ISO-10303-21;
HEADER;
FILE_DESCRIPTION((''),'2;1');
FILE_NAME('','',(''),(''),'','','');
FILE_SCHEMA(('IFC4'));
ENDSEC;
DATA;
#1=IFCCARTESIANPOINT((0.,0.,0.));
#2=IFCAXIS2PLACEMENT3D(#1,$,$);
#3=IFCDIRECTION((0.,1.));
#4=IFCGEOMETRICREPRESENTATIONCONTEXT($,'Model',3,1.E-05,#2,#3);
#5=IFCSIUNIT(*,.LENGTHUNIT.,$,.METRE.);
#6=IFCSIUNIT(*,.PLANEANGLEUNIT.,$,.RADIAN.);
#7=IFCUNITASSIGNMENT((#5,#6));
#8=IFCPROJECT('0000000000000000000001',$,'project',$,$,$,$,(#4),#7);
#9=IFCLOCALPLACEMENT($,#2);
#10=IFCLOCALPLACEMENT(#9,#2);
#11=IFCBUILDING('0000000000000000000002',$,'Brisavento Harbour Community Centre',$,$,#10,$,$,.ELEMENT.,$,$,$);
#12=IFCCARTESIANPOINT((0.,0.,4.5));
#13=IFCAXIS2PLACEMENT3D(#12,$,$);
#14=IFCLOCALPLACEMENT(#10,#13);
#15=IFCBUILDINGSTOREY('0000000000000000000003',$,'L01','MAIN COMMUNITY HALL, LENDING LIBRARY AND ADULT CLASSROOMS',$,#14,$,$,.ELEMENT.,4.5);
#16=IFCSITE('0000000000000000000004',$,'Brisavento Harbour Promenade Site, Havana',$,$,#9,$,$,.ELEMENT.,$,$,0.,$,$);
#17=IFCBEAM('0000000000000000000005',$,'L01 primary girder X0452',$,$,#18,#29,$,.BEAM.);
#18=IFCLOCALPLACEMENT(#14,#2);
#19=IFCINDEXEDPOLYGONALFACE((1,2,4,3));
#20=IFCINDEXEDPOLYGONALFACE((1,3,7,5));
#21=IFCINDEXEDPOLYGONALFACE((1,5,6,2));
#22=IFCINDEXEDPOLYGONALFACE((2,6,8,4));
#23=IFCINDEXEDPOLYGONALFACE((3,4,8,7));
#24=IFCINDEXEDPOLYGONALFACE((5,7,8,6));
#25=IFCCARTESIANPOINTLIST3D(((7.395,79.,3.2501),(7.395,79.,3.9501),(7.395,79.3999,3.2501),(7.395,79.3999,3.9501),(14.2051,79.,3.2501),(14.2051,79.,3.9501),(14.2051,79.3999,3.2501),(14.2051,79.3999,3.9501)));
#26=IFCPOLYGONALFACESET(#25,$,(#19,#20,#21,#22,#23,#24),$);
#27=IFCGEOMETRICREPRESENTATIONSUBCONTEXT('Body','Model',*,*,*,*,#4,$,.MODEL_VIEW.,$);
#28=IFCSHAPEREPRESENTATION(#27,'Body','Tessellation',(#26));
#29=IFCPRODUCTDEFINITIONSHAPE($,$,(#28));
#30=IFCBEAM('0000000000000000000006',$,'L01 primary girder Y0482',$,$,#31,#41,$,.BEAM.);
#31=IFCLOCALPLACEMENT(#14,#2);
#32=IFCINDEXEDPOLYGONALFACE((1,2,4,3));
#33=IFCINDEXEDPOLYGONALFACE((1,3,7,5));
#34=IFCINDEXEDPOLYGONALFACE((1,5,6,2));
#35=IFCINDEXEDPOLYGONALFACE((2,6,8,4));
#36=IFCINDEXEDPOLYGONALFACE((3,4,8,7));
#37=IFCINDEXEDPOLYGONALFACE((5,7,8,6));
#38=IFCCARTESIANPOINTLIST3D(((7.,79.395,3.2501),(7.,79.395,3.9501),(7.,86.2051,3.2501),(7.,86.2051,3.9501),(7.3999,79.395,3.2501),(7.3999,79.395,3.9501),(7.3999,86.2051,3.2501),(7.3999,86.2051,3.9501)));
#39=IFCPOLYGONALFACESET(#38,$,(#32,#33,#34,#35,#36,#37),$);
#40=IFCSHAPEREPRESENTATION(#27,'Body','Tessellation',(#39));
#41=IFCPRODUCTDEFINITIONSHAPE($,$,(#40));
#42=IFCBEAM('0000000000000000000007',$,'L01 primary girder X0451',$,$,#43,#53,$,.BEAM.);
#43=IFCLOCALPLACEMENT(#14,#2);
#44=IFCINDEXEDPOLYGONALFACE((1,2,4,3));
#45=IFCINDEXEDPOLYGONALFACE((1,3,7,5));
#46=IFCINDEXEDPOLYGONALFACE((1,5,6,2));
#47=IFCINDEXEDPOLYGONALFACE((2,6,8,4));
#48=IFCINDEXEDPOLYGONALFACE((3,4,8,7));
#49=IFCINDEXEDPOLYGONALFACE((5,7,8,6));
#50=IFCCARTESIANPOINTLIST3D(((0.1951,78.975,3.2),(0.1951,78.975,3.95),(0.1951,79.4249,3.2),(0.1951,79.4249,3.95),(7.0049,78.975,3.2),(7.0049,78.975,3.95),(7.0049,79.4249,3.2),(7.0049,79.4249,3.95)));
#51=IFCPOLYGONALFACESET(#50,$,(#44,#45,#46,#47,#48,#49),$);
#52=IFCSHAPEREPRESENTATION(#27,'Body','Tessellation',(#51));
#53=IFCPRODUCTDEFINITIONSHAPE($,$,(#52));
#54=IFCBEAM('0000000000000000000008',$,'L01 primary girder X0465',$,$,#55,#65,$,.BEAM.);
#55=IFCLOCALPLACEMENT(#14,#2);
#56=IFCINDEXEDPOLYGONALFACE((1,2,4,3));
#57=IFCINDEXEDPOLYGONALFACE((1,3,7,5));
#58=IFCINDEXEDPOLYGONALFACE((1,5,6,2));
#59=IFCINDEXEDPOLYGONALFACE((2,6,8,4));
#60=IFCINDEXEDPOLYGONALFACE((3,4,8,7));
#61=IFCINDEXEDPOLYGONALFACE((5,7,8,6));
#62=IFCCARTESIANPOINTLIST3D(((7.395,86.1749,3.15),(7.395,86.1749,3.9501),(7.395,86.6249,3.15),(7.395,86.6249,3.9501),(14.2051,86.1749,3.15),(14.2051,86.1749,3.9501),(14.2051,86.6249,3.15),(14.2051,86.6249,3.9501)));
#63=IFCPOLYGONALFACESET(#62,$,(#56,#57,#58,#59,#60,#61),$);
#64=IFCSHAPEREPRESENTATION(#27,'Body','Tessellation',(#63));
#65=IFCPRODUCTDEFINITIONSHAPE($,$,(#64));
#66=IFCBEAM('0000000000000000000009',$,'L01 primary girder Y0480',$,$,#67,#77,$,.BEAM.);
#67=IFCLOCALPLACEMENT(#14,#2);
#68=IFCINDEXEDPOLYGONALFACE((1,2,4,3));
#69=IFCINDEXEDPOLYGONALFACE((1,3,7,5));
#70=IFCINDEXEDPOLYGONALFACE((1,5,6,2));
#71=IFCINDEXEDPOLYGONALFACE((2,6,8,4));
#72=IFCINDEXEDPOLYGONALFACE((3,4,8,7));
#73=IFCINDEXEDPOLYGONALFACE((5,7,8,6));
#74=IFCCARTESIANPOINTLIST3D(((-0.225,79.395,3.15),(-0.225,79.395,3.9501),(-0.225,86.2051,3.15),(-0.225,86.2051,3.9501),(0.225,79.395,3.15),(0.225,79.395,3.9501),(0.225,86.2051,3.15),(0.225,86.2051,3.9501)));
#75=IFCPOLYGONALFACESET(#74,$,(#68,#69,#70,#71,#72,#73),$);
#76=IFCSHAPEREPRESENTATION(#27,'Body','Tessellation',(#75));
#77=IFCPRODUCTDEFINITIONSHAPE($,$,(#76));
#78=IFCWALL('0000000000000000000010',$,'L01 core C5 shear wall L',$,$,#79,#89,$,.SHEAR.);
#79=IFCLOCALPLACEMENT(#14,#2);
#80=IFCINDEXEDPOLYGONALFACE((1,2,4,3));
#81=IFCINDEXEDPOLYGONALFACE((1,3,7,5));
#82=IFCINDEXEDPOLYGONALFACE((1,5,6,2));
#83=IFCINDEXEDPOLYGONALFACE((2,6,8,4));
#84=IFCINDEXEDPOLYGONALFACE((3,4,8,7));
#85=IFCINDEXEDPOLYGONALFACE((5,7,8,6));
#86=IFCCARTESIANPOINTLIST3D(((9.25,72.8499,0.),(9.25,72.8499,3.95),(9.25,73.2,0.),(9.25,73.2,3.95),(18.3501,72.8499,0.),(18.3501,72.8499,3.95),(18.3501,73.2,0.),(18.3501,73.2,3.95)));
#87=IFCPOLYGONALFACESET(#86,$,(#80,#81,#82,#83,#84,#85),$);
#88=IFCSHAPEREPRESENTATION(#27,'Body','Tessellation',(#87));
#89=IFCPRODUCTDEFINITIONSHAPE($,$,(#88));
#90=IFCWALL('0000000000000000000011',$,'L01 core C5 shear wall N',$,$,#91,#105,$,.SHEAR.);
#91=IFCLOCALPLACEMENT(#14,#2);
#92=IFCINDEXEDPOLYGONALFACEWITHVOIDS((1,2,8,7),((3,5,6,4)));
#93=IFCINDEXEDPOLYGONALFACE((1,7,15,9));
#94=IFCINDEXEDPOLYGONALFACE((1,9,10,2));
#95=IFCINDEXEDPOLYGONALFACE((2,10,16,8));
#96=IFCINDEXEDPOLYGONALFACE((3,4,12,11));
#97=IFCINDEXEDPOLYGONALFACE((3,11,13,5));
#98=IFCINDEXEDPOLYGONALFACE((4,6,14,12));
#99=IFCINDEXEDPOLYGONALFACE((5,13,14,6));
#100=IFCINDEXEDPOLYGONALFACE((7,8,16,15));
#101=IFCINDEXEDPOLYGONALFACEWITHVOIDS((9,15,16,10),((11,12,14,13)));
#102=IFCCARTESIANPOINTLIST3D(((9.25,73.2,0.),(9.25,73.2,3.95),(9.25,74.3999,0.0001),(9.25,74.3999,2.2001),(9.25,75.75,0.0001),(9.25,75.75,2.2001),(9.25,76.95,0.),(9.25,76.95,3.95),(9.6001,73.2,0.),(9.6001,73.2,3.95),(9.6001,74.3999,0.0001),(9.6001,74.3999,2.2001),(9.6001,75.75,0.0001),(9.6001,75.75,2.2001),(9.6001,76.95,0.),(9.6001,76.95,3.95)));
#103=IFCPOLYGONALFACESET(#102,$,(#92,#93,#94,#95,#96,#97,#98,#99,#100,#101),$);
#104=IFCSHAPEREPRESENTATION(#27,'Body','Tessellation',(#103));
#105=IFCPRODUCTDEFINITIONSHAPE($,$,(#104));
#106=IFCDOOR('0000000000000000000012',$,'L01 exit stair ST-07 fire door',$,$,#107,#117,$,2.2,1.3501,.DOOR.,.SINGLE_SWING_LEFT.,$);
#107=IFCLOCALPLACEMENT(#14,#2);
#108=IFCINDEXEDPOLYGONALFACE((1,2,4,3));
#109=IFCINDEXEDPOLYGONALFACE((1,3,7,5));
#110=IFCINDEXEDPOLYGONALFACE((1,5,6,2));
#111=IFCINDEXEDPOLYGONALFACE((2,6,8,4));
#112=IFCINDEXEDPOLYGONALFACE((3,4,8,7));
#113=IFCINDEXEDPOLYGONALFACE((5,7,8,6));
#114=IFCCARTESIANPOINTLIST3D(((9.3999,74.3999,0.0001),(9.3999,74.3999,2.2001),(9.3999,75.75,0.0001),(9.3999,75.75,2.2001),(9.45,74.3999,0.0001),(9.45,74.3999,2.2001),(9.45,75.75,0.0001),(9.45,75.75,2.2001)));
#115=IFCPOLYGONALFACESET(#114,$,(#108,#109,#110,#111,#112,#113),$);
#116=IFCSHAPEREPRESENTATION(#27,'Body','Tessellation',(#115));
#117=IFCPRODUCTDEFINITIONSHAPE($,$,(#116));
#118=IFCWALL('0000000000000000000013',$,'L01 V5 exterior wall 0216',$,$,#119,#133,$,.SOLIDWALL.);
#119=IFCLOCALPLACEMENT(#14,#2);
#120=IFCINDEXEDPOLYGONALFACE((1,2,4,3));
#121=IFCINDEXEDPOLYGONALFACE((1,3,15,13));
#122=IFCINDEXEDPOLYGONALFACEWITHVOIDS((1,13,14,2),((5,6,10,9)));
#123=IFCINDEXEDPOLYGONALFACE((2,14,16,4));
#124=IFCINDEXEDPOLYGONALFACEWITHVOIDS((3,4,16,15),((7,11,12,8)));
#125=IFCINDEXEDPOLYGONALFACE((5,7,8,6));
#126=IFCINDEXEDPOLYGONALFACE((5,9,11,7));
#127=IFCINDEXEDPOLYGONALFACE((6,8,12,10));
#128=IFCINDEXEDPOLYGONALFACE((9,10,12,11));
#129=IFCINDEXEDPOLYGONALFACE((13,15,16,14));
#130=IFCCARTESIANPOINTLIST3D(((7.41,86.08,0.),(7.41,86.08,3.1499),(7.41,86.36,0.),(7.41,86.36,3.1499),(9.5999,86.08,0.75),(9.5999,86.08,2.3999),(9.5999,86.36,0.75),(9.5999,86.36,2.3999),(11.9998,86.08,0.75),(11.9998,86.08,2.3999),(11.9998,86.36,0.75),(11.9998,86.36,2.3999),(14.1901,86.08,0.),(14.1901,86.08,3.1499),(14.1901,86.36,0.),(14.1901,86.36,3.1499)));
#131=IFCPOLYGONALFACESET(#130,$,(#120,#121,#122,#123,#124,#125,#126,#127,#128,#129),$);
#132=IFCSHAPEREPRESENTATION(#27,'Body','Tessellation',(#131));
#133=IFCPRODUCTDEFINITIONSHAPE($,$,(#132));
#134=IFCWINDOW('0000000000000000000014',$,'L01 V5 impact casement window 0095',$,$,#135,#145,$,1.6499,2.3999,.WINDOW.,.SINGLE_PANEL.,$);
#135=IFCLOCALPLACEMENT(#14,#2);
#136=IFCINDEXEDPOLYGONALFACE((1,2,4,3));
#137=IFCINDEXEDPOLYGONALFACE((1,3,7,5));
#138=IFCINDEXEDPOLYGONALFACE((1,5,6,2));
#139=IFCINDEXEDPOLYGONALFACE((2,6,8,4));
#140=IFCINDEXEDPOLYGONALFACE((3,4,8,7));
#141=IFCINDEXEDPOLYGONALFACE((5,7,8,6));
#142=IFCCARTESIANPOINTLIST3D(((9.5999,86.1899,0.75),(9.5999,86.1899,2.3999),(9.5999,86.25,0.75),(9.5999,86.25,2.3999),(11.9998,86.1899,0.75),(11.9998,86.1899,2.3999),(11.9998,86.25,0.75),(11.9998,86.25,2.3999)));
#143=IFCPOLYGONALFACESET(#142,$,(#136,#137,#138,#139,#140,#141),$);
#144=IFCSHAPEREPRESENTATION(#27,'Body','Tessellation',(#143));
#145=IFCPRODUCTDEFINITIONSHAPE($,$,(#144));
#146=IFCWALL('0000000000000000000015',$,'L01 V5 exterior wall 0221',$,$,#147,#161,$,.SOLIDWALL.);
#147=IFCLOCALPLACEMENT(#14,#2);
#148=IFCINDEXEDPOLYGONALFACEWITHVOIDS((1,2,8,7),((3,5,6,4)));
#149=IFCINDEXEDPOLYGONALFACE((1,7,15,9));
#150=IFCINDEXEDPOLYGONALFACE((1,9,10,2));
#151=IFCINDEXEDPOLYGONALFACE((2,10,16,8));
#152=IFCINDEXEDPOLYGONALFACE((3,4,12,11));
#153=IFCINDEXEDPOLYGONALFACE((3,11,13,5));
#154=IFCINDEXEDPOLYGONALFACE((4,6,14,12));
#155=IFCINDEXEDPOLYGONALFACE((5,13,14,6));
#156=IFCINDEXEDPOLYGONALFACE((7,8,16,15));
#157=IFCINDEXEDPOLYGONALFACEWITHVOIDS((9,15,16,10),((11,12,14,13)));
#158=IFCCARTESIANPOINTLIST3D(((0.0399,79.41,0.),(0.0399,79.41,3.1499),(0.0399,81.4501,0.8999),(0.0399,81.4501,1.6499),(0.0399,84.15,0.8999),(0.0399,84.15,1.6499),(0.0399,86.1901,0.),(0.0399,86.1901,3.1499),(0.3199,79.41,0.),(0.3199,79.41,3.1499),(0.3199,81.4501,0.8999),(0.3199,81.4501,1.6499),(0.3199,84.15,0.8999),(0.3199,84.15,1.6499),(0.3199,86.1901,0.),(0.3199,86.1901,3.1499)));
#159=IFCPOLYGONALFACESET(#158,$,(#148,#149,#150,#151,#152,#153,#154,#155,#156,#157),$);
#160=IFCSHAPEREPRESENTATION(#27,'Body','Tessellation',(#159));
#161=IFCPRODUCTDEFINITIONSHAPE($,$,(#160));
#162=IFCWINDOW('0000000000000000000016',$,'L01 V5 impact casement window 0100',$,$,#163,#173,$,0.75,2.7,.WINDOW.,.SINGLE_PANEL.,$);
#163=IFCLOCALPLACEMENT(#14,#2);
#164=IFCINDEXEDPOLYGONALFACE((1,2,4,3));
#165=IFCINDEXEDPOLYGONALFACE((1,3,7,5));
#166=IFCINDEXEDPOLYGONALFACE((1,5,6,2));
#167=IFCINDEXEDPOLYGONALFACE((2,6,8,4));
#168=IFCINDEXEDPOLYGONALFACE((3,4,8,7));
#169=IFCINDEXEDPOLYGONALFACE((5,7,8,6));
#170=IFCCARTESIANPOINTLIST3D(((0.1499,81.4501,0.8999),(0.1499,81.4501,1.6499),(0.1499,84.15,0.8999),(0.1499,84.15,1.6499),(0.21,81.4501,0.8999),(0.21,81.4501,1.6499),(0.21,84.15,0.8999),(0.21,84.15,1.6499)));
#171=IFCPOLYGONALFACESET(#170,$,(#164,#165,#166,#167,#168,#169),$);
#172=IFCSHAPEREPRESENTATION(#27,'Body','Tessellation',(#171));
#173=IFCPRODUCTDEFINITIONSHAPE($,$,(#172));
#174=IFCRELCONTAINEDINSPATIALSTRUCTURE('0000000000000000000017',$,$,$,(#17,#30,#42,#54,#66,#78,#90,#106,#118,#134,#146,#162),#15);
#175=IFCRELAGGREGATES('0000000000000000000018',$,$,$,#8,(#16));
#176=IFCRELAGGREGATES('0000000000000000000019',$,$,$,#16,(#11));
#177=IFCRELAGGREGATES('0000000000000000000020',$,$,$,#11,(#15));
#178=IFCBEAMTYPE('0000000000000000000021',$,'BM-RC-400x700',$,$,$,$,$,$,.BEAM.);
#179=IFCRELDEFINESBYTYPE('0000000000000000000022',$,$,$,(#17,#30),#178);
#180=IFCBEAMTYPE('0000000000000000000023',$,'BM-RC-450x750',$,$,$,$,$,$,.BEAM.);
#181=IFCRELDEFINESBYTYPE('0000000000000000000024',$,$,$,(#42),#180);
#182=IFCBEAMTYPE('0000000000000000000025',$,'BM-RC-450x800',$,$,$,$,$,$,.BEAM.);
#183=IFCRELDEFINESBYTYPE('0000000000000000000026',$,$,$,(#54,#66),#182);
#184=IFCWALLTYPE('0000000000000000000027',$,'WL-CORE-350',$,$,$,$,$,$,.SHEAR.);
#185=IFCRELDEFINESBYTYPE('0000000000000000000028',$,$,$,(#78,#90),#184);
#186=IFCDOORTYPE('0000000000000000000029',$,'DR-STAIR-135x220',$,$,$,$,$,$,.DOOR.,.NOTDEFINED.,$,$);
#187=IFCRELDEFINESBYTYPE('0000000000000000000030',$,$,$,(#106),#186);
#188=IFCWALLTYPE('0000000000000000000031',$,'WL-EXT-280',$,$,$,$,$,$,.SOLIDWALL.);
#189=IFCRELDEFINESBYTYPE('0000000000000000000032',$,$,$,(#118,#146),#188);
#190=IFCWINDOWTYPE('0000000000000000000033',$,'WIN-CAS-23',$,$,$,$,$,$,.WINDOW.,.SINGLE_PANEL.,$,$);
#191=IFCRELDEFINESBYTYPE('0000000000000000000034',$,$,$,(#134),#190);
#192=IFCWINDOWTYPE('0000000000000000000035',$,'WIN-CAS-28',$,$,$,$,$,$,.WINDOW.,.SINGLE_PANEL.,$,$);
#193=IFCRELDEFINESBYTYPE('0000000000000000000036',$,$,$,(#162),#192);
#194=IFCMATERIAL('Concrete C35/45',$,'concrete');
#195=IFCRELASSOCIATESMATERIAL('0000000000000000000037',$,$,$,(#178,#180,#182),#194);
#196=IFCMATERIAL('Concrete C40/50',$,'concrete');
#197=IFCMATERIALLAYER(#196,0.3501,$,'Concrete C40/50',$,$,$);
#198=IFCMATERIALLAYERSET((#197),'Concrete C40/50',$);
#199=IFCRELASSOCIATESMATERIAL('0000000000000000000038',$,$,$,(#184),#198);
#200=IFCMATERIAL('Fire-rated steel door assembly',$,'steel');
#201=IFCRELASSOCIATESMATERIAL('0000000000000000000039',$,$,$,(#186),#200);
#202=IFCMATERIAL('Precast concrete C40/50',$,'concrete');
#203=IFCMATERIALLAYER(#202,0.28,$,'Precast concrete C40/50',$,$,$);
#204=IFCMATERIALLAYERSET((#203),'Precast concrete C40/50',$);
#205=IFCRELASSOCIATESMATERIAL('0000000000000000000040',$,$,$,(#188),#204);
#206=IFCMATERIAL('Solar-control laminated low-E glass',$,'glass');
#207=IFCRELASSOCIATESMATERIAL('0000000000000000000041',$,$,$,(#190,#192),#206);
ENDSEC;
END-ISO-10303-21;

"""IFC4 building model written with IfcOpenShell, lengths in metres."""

from ifc_helpers import new_model, si_unit, direction, frame, frame_2d, origin, origin_2d, place, context, subcontext, project, spatial, rectangle, extrude, material, layer, layer_set, material_profile, profile_set, type_object, element, fill, save


model = new_model("IFC4")

# Units and contexts
model_context = context("Model", 3, precision=1e-05, world=origin(), true_north=direction((0.0, 1.0)))
body_context = subcontext(model_context, "Body", "Model", "MODEL_VIEW")
ifc_project = project(units=[si_unit("LENGTHUNIT", "METRE"), si_unit("PLANEANGLEUNIT", "RADIAN")], contexts=[model_context])

# Site, building, storey
site_placement = place(None, origin())
site = spatial("IfcSite", under=ifc_project, at=site_placement, Name="Brisavento Harbour Promenade Site, Havana", CompositionType="ELEMENT", RefElevation=0.0)
building_placement = place(site_placement, origin())
building = spatial("IfcBuilding", under=site, at=building_placement, Name="Brisavento Harbour Community Centre", CompositionType="ELEMENT")
storey_placement = place(building_placement, frame((0.0, 0.0, 4.5)))
storey = spatial("IfcBuildingStorey", under=building, at=storey_placement, Name="L01", Description="MAIN COMMUNITY HALL, LENDING LIBRARY AND ADULT CLASSROOMS", CompositionType="ELEMENT", Elevation=4.5)

# Shared definitions
ifc_material_1 = material(Name="Concrete C35/45", Category="concrete")

# Beams
ifc_material_profile_1 = material_profile(ifc_material_1, rectangle(XDim=0.3999, YDim=0.7, at=origin_2d()), Name="Concrete C35/45")
ifc_profile_set_1 = profile_set([ifc_material_profile_1], Name="Concrete C35/45")
beam_type_1 = type_object("IfcBeamType", Name="BM-RC-400x700", PredefinedType="BEAM", material=ifc_profile_set_1)
for number, where, z_axis, x_axis, name in (
    (1, (7.395, 79.2, 3.6001), (1.0, 0.0, 0.0), (0.0, 1.0, 0.0), "L01 primary girder X0452"),
    (2, (7.2, 79.395, 3.6001), (0.0, 1.0, 0.0), (-1.0, 0.0, 0.0), "L01 primary girder Y0482"),
):
    element("IfcBeam", number, at=place(storey_placement, frame(where, z_axis=z_axis, x_axis=x_axis)), inside=storey, type_object=beam_type_1, Name=name, PredefinedType="BEAM", context=body_context, shape_type="SweptSolid", body=[
        extrude(rectangle(XDim=0.3999, YDim=0.7, at=origin_2d()), origin(), (0.0, 0.0, 1.0), 6.8101),
    ])
ifc_material_profile_2 = material_profile(ifc_material_1, rectangle(XDim=0.45, YDim=0.75, at=origin_2d()), Name="Concrete C35/45")
ifc_profile_set_2 = profile_set([ifc_material_profile_2], Name="Concrete C35/45")
beam_type_2 = type_object("IfcBeamType", Name="BM-RC-450x750", PredefinedType="BEAM", material=ifc_profile_set_2)
beam_1_placement = place(storey_placement, frame((0.1951, 79.2, 3.575), z_axis=(1.0, 0.0, 0.0), x_axis=(0.0, 1.0, 0.0)))
element("IfcBeam", 3, at=beam_1_placement, inside=storey, type_object=beam_type_2, Name="L01 primary girder X0451", PredefinedType="BEAM", context=body_context, shape_type="SweptSolid", body=[
    extrude(rectangle(XDim=0.45, YDim=0.75, at=origin_2d()), origin(), (0.0, 0.0, 1.0), 6.8098),
])
ifc_material_profile_3 = material_profile(ifc_material_1, rectangle(XDim=0.45, YDim=0.8, at=origin_2d()), Name="Concrete C35/45")
ifc_profile_set_3 = profile_set([ifc_material_profile_3], Name="Concrete C35/45")
beam_type_3 = type_object("IfcBeamType", Name="BM-RC-450x800", PredefinedType="BEAM", material=ifc_profile_set_3)
for number, where, z_axis, x_axis, name in (
    (4, (7.395, 86.3999, 3.55), (1.0, 0.0, 0.0), (0.0, 1.0, 0.0), "L01 primary girder X0465"),
    (5, (0.0, 79.395, 3.55), (0.0, 1.0, 0.0), (-1.0, 0.0, 0.0), "L01 primary girder Y0480"),
):
    element("IfcBeam", number, at=place(storey_placement, frame(where, z_axis=z_axis, x_axis=x_axis)), inside=storey, type_object=beam_type_3, Name=name, PredefinedType="BEAM", context=body_context, shape_type="SweptSolid", body=[
        extrude(rectangle(XDim=0.45, YDim=0.8, at=origin_2d()), origin(), (0.0, 0.0, 1.0), 6.8101),
    ])

# Wall
ifc_material_2 = material(Name="Concrete C40/50", Category="concrete")
ifc_layer_1 = layer(ifc_material_2, 0.3501, Name="Concrete C40/50")
ifc_layer_set_1 = layer_set([ifc_layer_1], Name="Concrete C40/50")
wall_type_1 = type_object("IfcWallType", Name="WL-CORE-350", PredefinedType="SHEAR", material=ifc_layer_set_1)
wall_1_placement = place(storey_placement, frame((9.25, 73.0249, 0.0), z_axis=(0.0, 0.0, 1.0), x_axis=(1.0, 0.0, 0.0)))
element("IfcWall", 6, at=wall_1_placement, inside=storey, type_object=wall_type_1, Name="L01 core C5 shear wall L", PredefinedType="SHEAR", context=body_context, shape_type="SweptSolid", body=[
    extrude(rectangle(XDim=9.1001, YDim=0.3501, at=frame_2d((4.55, 0.0))), origin(), (0.0, 0.0, 1.0), 3.95),
])

# Wall, opening, door
wall_2_placement = place(storey_placement, frame((9.425, 76.95, 0.0), z_axis=(0.0, 0.0, 1.0), x_axis=(0.0, -1.0, 0.0)))
wall_2 = element("IfcWall", 7, at=wall_2_placement, inside=storey, type_object=wall_type_1, Name="L01 core C5 shear wall N", PredefinedType="SHEAR", context=body_context, shape_type="SweptSolid", body=[
    extrude(rectangle(XDim=3.75, YDim=0.3501, at=frame_2d((1.875, 0.0))), origin(), (0.0, 0.0, 1.0), 3.95),
])
opening_1_placement = place(wall_2_placement, frame((1.2, 0.0, 0.0)))
opening_1 = element("IfcOpeningElement", 8, at=opening_1_placement, cuts=wall_2, PredefinedType="OPENING", context=body_context, shape_type="SweptSolid", body=[
    extrude(rectangle(XDim=1.3501, YDim=2.2, at=frame_2d((0.675, 1.1001))), frame((0.0, 0.1851, 0.0), z_axis=(0.0, -1.0, 0.0), x_axis=(1.0, 0.0, 0.0)), (0.0, 0.0, 1.0), 0.3701),
])
ifc_material_3 = material(Name="Fire-rated steel door assembly", Category="steel")
door_type_1 = type_object("IfcDoorType", Name="DR-STAIR-135x220", OperationType="NOTDEFINED", PredefinedType="DOOR", material=ifc_material_3)
door_1_placement = place(opening_1_placement, origin())
door_1 = element("IfcDoor", 9, at=door_1_placement, inside=storey, type_object=door_type_1, Name="L01 exit stair ST-07 fire door", OperationType="SINGLE_SWING_LEFT", OverallHeight=2.2, OverallWidth=1.3501, PredefinedType="DOOR", context=body_context, shape_type="SweptSolid", body=[
    extrude(rectangle(XDim=1.3501, YDim=2.2, at=frame_2d((0.675, 1.1001))), frame((0.0, 0.0249, 0.0), z_axis=(0.0, -1.0, 0.0), x_axis=(1.0, 0.0, 0.0)), (0.0, 0.0, 1.0), 0.05),
])
fill(opening_1, door_1)

# Walls, openings, windows
ifc_material_4 = material(Name="Precast concrete C40/50", Category="concrete")
ifc_layer_2 = layer(ifc_material_4, 0.28, Name="Precast concrete C40/50")
ifc_layer_set_2 = layer_set([ifc_layer_2], Name="Precast concrete C40/50")
wall_type_2 = type_object("IfcWallType", Name="WL-EXT-280", PredefinedType="SOLIDWALL", material=ifc_layer_set_2)
wall_3_placement = place(storey_placement, frame((7.4099, 86.22, 0.0), z_axis=(0.0, 0.0, 1.0), x_axis=(1.0, 0.0, 0.0)))
wall_3 = element("IfcWall", 10, at=wall_3_placement, inside=storey, type_object=wall_type_2, Name="L01 V5 exterior wall 0216", PredefinedType="SOLIDWALL", context=body_context, shape_type="SweptSolid", body=[
    extrude(rectangle(XDim=6.78, YDim=0.28, at=frame_2d((3.3901, 0.0))), origin(), (0.0, 0.0, 1.0), 3.1499),
])
opening_2_placement = place(wall_3_placement, frame((2.1899, 0.0, 0.75)))
opening_2 = element("IfcOpeningElement", 11, at=opening_2_placement, cuts=wall_3, PredefinedType="OPENING", context=body_context, shape_type="SweptSolid", body=[
    extrude(rectangle(XDim=2.3999, YDim=1.6499, at=frame_2d((1.2, 0.825))), frame((0.0, 0.1499, 0.0), z_axis=(0.0, -1.0, 0.0), x_axis=(1.0, 0.0, 0.0)), (0.0, 0.0, 1.0), 0.3),
])
ifc_material_5 = material(Name="Solar-control laminated low-E glass", Category="glass")
window_type_1 = type_object("IfcWindowType", Name="WIN-CAS-23", PartitioningType="SINGLE_PANEL", PredefinedType="WINDOW", material=ifc_material_5)
window_1_placement = place(opening_2_placement, origin())
window_1 = element("IfcWindow", 12, at=window_1_placement, inside=storey, type_object=window_type_1, Name="L01 V5 impact casement window 0095", OverallHeight=1.6499, OverallWidth=2.3999, PartitioningType="SINGLE_PANEL", PredefinedType="WINDOW", context=body_context, shape_type="SweptSolid", body=[
    extrude(rectangle(XDim=2.3999, YDim=1.6499, at=frame_2d((1.2, 0.825))), frame((0.0, 0.03, 0.0), z_axis=(0.0, -1.0, 0.0), x_axis=(1.0, 0.0, 0.0)), (0.0, 0.0, 1.0), 0.0601),
])
fill(opening_2, window_1)
wall_4_placement = place(storey_placement, frame((0.1799, 79.4099, 0.0), z_axis=(0.0, 0.0, 1.0), x_axis=(0.0, 1.0, 0.0)))
wall_4 = element("IfcWall", 13, at=wall_4_placement, inside=storey, type_object=wall_type_2, Name="L01 V5 exterior wall 0221", PredefinedType="SOLIDWALL", context=body_context, shape_type="SweptSolid", body=[
    extrude(rectangle(XDim=6.78, YDim=0.28, at=frame_2d((3.3901, 0.0))), origin(), (0.0, 0.0, 1.0), 3.1499),
])
opening_3_placement = place(wall_4_placement, frame((2.04, 0.0, 0.8999)))
opening_3 = element("IfcOpeningElement", 14, at=opening_3_placement, cuts=wall_4, PredefinedType="OPENING", context=body_context, shape_type="SweptSolid", body=[
    extrude(rectangle(XDim=2.7, YDim=0.75, at=frame_2d((1.3501, 0.375))), frame((0.0, 0.1499, 0.0), z_axis=(0.0, -1.0, 0.0), x_axis=(1.0, 0.0, 0.0)), (0.0, 0.0, 1.0), 0.3),
])
window_type_2 = type_object("IfcWindowType", Name="WIN-CAS-28", PartitioningType="SINGLE_PANEL", PredefinedType="WINDOW", material=ifc_material_5)
window_2_placement = place(opening_3_placement, origin())
window_2 = element("IfcWindow", 15, at=window_2_placement, inside=storey, type_object=window_type_2, Name="L01 V5 impact casement window 0100", OverallHeight=0.75, OverallWidth=2.7, PartitioningType="SINGLE_PANEL", PredefinedType="WINDOW", context=body_context, shape_type="SweptSolid", body=[
    extrude(rectangle(XDim=2.7, YDim=0.75, at=frame_2d((1.3501, 0.375))), frame((0.0, 0.03, 0.0), z_axis=(0.0, -1.0, 0.0), x_axis=(1.0, 0.0, 0.0)), (0.0, 0.0, 1.0), 0.0601),
])
fill(opening_3, window_2)

save(model, "model.ifc")
